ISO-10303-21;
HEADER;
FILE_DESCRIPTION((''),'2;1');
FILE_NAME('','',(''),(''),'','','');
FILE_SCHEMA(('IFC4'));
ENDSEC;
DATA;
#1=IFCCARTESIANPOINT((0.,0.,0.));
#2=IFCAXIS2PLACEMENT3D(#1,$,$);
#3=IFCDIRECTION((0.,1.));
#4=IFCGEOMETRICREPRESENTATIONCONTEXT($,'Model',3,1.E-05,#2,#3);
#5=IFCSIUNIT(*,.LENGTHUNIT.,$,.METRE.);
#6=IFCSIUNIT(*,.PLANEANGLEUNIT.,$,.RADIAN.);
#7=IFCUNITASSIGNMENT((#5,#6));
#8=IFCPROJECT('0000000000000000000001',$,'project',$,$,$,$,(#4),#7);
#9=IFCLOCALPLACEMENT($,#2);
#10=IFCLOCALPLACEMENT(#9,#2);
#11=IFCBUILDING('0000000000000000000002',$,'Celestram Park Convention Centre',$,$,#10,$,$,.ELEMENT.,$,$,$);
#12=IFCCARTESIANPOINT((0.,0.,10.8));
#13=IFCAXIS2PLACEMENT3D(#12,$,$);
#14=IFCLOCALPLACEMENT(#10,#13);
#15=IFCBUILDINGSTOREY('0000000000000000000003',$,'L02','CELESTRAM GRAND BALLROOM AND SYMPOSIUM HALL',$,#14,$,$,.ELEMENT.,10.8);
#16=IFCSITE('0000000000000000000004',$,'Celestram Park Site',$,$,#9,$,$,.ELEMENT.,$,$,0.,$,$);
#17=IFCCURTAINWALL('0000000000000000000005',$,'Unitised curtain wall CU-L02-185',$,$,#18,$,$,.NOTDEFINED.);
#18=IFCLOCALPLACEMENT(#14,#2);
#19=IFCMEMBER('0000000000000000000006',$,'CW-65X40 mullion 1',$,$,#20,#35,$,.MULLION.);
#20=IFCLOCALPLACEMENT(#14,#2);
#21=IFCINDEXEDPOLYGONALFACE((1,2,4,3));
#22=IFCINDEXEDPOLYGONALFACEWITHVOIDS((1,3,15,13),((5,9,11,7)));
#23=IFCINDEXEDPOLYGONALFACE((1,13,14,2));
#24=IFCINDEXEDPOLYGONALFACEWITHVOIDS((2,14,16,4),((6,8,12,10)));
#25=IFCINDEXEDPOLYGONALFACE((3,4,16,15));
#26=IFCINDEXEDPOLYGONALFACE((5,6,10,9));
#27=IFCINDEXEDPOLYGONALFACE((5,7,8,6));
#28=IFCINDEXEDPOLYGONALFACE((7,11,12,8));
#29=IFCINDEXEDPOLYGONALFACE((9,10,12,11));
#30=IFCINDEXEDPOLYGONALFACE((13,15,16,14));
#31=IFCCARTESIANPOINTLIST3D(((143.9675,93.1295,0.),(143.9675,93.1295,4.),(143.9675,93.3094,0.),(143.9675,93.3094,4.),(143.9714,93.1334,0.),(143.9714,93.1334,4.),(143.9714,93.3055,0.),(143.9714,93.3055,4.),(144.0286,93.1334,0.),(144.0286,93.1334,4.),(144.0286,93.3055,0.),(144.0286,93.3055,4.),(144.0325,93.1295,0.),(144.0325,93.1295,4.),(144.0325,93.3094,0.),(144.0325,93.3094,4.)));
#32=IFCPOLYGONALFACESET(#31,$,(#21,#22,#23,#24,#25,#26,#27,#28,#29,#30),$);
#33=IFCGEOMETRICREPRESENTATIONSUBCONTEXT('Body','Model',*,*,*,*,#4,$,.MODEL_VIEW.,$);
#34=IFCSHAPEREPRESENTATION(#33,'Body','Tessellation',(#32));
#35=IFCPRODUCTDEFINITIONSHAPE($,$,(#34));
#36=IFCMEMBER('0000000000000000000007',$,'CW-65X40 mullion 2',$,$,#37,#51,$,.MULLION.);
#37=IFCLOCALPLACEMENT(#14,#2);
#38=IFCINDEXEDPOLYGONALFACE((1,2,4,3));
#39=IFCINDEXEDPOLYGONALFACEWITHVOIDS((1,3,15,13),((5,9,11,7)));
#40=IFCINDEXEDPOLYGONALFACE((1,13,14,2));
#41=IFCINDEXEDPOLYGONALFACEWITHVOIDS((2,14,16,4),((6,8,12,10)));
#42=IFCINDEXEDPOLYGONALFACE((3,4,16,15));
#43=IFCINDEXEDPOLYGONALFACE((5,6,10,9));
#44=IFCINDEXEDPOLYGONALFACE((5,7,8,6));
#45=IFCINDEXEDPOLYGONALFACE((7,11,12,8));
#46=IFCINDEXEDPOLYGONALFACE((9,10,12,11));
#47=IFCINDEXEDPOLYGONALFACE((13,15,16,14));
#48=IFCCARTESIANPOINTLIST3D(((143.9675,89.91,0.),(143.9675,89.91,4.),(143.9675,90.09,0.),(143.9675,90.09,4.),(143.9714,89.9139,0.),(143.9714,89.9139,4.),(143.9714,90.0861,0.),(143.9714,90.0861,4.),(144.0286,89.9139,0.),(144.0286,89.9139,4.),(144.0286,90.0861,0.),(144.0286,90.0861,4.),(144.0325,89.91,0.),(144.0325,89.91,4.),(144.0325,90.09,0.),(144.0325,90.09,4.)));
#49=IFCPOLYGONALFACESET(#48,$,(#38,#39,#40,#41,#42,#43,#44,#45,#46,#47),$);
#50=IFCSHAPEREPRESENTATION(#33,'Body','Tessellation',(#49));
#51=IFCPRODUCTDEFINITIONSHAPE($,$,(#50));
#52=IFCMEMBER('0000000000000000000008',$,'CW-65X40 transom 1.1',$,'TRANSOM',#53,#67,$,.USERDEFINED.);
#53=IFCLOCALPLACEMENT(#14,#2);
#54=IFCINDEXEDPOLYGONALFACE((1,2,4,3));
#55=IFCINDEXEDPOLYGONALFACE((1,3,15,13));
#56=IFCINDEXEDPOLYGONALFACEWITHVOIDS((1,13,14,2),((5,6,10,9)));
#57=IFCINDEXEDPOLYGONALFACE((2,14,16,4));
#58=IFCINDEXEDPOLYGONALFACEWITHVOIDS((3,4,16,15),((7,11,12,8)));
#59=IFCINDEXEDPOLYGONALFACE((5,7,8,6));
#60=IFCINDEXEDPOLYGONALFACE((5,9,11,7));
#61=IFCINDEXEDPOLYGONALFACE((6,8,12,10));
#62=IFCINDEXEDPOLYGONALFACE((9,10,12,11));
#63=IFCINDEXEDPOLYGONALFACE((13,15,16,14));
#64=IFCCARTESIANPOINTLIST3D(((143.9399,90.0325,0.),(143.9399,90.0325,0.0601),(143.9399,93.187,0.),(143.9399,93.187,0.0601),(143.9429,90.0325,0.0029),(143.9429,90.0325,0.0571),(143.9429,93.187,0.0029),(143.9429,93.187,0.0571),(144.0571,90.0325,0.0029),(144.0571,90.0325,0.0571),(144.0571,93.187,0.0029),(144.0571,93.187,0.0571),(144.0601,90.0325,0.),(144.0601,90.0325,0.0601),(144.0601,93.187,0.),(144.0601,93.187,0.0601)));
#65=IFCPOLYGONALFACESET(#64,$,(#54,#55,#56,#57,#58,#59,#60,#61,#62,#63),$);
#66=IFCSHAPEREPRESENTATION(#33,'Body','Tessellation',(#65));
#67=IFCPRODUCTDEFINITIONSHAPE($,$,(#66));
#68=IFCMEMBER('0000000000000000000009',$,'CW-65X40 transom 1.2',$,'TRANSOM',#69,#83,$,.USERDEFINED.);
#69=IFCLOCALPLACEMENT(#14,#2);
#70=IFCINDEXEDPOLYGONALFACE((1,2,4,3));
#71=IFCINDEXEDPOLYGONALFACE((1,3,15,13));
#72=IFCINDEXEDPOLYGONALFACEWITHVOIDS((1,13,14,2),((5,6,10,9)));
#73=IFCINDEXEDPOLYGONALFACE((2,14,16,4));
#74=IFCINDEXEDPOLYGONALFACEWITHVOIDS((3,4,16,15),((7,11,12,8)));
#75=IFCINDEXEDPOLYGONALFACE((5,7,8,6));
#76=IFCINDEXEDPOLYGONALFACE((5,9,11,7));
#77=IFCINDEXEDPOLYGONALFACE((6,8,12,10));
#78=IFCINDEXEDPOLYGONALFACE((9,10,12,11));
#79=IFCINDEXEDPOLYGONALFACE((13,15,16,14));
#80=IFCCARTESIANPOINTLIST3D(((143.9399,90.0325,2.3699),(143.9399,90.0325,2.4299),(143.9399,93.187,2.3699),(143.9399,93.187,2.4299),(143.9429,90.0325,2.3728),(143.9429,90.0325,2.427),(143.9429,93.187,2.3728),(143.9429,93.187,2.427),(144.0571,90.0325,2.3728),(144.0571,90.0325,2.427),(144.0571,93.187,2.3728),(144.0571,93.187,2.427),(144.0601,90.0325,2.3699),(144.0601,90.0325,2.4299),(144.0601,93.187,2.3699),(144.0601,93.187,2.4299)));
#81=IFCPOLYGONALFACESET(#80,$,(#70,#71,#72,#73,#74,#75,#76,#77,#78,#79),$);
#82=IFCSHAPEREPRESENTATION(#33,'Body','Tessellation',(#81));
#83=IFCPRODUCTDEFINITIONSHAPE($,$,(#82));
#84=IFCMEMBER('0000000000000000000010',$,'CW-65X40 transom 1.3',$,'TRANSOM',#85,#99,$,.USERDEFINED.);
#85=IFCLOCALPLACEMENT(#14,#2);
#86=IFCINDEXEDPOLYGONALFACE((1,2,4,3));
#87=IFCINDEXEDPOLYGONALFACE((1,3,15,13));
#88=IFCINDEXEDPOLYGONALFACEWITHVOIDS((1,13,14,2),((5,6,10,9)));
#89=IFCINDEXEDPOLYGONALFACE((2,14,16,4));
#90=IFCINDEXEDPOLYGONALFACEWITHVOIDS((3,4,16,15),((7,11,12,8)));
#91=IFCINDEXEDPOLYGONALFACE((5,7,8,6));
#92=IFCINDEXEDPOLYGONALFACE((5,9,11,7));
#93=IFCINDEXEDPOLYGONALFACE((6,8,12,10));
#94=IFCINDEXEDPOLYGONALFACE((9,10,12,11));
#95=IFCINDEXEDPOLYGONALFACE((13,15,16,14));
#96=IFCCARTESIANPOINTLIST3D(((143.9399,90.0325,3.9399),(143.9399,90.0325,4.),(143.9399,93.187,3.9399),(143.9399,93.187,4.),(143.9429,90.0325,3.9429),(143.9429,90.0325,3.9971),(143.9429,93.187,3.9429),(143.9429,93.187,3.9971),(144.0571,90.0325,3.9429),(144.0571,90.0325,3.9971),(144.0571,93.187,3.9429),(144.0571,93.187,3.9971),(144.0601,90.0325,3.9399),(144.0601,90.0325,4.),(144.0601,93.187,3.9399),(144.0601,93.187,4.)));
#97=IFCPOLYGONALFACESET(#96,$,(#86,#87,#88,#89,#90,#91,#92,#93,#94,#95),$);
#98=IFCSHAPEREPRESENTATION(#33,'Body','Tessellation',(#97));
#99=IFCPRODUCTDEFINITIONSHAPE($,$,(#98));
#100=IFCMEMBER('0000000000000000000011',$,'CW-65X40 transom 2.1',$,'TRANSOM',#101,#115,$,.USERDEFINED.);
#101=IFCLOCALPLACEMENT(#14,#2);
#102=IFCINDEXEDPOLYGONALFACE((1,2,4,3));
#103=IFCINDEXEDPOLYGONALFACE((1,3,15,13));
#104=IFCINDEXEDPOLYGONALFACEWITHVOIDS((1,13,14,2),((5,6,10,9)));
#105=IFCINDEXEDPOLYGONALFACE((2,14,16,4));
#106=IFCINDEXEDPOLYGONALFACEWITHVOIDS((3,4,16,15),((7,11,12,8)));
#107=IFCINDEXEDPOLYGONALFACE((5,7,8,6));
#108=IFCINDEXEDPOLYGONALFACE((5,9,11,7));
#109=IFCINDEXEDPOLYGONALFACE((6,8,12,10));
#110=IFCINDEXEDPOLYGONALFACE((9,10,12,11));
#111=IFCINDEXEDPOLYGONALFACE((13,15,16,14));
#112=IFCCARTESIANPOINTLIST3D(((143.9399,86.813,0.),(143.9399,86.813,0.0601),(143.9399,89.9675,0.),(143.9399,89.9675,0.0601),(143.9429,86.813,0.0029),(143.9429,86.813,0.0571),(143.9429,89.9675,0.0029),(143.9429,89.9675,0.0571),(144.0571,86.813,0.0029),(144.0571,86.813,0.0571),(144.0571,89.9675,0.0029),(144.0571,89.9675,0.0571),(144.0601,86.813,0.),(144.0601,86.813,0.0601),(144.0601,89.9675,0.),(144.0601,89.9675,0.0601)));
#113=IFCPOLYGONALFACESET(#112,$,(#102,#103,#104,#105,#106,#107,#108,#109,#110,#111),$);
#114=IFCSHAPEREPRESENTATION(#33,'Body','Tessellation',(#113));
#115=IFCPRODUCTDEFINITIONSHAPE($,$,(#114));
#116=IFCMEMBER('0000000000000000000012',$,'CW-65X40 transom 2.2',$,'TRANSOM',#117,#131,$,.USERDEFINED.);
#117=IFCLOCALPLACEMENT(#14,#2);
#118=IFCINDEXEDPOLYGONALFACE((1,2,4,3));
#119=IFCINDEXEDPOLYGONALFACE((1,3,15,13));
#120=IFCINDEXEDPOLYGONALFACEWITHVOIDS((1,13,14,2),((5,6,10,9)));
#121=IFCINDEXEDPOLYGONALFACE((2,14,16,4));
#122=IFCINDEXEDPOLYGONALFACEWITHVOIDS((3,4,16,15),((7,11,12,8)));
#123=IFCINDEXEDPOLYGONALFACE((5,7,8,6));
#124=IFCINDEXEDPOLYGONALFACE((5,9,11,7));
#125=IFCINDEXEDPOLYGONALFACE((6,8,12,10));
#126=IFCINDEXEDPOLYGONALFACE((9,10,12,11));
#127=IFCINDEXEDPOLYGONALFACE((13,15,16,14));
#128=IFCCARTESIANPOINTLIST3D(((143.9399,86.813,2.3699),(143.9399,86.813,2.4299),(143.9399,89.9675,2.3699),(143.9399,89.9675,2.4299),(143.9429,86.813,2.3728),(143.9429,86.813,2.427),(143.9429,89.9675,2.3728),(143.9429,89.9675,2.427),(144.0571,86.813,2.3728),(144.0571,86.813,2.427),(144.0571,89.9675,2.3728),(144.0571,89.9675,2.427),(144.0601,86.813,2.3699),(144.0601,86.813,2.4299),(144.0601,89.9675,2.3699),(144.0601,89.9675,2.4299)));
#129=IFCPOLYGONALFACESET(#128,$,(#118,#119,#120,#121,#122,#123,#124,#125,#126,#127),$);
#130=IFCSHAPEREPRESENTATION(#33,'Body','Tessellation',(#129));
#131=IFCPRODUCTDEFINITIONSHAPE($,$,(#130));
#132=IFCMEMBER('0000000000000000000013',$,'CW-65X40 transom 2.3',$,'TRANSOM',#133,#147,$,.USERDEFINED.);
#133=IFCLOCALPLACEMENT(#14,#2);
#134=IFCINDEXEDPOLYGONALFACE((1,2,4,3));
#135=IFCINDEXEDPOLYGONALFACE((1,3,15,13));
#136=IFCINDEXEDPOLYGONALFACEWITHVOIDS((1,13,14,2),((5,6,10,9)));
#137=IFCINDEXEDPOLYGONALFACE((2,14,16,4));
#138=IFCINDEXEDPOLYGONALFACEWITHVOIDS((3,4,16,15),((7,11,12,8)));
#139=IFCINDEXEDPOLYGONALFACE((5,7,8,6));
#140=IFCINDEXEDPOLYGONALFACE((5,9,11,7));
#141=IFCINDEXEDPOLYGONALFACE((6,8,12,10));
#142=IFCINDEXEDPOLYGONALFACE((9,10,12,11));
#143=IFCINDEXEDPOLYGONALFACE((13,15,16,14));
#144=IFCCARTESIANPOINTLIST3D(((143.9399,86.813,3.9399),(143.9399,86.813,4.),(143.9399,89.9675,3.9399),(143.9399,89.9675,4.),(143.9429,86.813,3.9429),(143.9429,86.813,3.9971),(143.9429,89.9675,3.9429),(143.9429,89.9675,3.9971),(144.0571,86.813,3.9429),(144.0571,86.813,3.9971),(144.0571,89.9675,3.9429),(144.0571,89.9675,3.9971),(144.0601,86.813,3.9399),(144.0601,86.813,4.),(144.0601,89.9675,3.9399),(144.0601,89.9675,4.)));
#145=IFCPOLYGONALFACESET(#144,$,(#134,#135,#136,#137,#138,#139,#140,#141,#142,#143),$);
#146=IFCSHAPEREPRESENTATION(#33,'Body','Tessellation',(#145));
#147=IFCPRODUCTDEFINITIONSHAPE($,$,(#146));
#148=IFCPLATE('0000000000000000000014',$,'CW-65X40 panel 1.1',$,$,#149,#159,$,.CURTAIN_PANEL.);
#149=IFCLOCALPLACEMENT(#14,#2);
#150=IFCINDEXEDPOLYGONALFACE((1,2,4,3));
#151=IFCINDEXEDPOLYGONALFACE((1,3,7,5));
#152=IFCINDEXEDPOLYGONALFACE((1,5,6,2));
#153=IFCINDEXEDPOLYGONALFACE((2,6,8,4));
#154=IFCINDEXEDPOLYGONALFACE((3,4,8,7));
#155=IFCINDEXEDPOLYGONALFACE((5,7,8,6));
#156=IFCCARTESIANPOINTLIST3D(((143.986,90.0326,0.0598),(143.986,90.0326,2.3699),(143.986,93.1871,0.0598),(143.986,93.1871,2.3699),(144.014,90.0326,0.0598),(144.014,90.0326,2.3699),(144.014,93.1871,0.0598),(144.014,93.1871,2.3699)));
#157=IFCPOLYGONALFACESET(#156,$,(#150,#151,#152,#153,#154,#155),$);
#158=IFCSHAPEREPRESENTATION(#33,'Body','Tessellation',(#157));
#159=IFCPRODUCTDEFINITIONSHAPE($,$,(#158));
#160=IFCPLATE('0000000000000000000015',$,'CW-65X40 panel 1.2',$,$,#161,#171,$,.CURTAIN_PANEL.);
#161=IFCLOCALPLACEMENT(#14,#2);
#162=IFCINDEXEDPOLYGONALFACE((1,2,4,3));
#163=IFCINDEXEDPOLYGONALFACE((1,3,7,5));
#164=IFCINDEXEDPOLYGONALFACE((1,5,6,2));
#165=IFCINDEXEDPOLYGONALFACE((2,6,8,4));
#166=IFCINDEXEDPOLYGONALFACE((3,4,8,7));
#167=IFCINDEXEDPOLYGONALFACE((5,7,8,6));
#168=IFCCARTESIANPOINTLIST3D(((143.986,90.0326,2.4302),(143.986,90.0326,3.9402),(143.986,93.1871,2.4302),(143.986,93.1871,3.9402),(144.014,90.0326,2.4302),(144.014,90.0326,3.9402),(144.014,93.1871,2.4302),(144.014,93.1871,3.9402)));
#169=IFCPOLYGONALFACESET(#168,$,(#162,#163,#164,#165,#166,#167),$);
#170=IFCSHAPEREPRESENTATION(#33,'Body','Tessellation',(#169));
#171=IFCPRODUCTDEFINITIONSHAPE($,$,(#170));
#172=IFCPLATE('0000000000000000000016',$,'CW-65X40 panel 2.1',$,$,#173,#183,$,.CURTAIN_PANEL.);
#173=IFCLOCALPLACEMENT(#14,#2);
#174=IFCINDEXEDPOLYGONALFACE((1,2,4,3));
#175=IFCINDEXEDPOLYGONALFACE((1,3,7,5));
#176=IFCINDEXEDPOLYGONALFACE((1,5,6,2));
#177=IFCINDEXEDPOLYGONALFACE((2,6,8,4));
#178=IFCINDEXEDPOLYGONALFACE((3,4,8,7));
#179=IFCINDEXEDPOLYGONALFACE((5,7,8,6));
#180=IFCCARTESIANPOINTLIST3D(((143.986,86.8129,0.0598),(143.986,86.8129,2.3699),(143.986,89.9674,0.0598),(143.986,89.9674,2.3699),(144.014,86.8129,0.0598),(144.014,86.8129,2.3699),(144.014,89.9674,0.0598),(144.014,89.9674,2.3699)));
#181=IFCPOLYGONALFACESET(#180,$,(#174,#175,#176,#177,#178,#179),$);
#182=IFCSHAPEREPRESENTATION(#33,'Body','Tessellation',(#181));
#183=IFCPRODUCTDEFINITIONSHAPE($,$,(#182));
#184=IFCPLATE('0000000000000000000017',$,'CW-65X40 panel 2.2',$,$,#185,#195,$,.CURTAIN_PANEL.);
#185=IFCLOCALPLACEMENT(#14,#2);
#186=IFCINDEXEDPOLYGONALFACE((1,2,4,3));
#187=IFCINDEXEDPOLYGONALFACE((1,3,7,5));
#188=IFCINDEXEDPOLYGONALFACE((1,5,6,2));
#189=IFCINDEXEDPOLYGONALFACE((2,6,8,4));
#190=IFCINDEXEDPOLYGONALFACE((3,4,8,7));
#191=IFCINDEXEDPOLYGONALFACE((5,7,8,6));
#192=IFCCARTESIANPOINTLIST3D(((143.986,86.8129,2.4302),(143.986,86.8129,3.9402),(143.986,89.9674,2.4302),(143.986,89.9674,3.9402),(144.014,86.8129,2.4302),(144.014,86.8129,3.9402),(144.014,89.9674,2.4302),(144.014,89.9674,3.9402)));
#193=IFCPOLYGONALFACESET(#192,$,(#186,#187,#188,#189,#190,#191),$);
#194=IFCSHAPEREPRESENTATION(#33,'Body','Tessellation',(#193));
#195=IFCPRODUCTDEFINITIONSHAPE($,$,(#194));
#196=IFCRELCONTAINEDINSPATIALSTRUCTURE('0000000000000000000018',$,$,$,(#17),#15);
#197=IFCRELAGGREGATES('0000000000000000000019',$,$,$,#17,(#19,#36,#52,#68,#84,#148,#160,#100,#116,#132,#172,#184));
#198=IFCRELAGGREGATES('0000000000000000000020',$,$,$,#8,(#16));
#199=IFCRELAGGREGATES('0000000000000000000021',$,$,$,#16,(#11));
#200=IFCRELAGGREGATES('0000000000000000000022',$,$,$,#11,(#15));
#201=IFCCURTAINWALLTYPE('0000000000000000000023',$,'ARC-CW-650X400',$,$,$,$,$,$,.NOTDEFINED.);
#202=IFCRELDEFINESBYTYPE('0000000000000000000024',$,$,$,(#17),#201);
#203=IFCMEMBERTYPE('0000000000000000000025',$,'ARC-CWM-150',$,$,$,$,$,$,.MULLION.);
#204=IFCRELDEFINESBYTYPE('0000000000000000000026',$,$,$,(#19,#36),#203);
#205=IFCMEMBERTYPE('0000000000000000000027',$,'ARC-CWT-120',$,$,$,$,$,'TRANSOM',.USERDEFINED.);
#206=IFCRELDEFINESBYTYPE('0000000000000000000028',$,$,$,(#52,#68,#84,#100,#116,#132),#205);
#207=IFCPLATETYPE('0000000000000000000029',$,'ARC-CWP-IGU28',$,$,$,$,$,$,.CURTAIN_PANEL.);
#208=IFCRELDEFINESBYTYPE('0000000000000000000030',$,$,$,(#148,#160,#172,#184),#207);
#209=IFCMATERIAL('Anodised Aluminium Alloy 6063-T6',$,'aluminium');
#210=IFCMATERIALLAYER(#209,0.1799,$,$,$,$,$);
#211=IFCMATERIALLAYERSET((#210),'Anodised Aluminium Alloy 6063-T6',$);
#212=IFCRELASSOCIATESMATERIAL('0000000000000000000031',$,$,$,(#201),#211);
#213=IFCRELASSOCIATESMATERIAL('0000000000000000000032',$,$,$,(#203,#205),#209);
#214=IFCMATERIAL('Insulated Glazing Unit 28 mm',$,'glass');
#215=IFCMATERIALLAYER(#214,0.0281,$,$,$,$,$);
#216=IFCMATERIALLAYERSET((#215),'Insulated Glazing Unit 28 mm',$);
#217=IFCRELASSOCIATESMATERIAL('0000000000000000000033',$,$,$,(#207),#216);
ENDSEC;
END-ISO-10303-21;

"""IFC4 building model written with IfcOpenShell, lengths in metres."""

from ifc_helpers import new_model, si_unit, direction, frame, origin, origin_2d, place, context, subcontext, project, spatial, rectangle, hollow_rectangle, extrude, material, layer, layer_set, material_profile, profile_set, type_object, element, aggregate, save


model = new_model("IFC4")

# Units and contexts
model_context = context("Model", 3, precision=1e-05, world=origin(), true_north=direction((0.0, 1.0)))
body_context = subcontext(model_context, "Body", "Model", "MODEL_VIEW")
ifc_project = project(units=[si_unit("LENGTHUNIT", "METRE"), si_unit("PLANEANGLEUNIT", "RADIAN")], contexts=[model_context])

# Site, building, storey
site_placement = place(None, origin())
site = spatial("IfcSite", under=ifc_project, at=site_placement, Name="Celestram Park Site", CompositionType="ELEMENT", RefElevation=0.0)
building_placement = place(site_placement, origin())
building = spatial("IfcBuilding", under=site, at=building_placement, Name="Celestram Park Convention Centre", CompositionType="ELEMENT")
storey_placement = place(building_placement, frame((0.0, 0.0, 10.8)))
storey = spatial("IfcBuildingStorey", under=building, at=storey_placement, Name="L02", Description="CELESTRAM GRAND BALLROOM AND SYMPOSIUM HALL", CompositionType="ELEMENT", Elevation=10.8)

# Curtain wall, members, plates
ifc_material_1 = material(Name="Anodised Aluminium Alloy 6063-T6", Category="aluminium")
ifc_layer_1 = layer(ifc_material_1, 0.1799)
ifc_layer_set_1 = layer_set([ifc_layer_1], Name="Anodised Aluminium Alloy 6063-T6")
curtain_wall_type = type_object("IfcCurtainWallType", Name="ARC-CW-650X400", PredefinedType="NOTDEFINED", material=ifc_layer_set_1)
curtain_wall_placement = place(storey_placement, origin())
curtain_wall = element("IfcCurtainWall", 1, at=curtain_wall_placement, inside=storey, type_object=curtain_wall_type, Name="Unitised curtain wall CU-L02-185", PredefinedType="NOTDEFINED")
ifc_material_profile_1 = material_profile(ifc_material_1, hollow_rectangle(XDim=0.0649, YDim=0.1799, WallThickness=0.0039, at=origin_2d()), Name="ALU65X180X4")
ifc_profile_set_1 = profile_set([ifc_material_profile_1], Name="Anodised Aluminium Alloy 6063-T6")
member_type_1 = type_object("IfcMemberType", Name="ARC-CWM-150", PredefinedType="MULLION", material=ifc_profile_set_1)
member_1_placement = place(storey_placement, frame((144.0, 93.2195, 0.0), z_axis=(0.0, 0.0, 1.0), x_axis=(1.0, 0.0, 0.0)))
member_1 = element("IfcMember", 2, at=member_1_placement, type_object=member_type_1, Name="CW-65X40 mullion 1", PredefinedType="MULLION", context=body_context, shape_type="SweptSolid", body=[
    extrude(hollow_rectangle(XDim=0.0649, YDim=0.1799, WallThickness=0.0039, at=origin_2d()), origin(), (0.0, 0.0, 1.0), 4.0),
])
member_2_placement = place(storey_placement, frame((144.0, 90.0, 0.0), z_axis=(0.0, 0.0, 1.0), x_axis=(1.0, 0.0, 0.0)))
member_2 = element("IfcMember", 3, at=member_2_placement, type_object=member_type_1, Name="CW-65X40 mullion 2", PredefinedType="MULLION", context=body_context, shape_type="SweptSolid", body=[
    extrude(hollow_rectangle(XDim=0.0649, YDim=0.1799, WallThickness=0.0039, at=origin_2d()), origin(), (0.0, 0.0, 1.0), 4.0),
])
ifc_material_profile_2 = material_profile(ifc_material_1, hollow_rectangle(XDim=0.1201, YDim=0.0601, WallThickness=0.0029, at=origin_2d()), Name="ALU120X60X3")
ifc_profile_set_2 = profile_set([ifc_material_profile_2], Name="Anodised Aluminium Alloy 6063-T6")
member_type_2 = type_object("IfcMemberType", Name="ARC-CWT-120", ElementType="TRANSOM", PredefinedType="USERDEFINED", material=ifc_profile_set_2)
member_3_placement = place(storey_placement, frame((144.0, 93.187, 0.03), z_axis=(0.0, -1.0, 0.0), x_axis=(1.0, 0.0, 0.0)))
member_3 = element("IfcMember", 4, at=member_3_placement, type_object=member_type_2, Name="CW-65X40 transom 1.1", ObjectType="TRANSOM", PredefinedType="USERDEFINED", context=body_context, shape_type="SweptSolid", body=[
    extrude(hollow_rectangle(XDim=0.1201, YDim=0.0601, WallThickness=0.0029, at=origin_2d()), origin(), (0.0, 0.0, 1.0), 3.1545),
])
member_4_placement = place(storey_placement, frame((144.0, 93.187, 2.3999), z_axis=(0.0, -1.0, 0.0), x_axis=(1.0, 0.0, 0.0)))
member_4 = element("IfcMember", 5, at=member_4_placement, type_object=member_type_2, Name="CW-65X40 transom 1.2", ObjectType="TRANSOM", PredefinedType="USERDEFINED", context=body_context, shape_type="SweptSolid", body=[
    extrude(hollow_rectangle(XDim=0.1201, YDim=0.0601, WallThickness=0.0029, at=origin_2d()), origin(), (0.0, 0.0, 1.0), 3.1545),
])
member_5_placement = place(storey_placement, frame((144.0, 93.187, 3.97), z_axis=(0.0, -1.0, 0.0), x_axis=(1.0, 0.0, 0.0)))
member_5 = element("IfcMember", 6, at=member_5_placement, type_object=member_type_2, Name="CW-65X40 transom 1.3", ObjectType="TRANSOM", PredefinedType="USERDEFINED", context=body_context, shape_type="SweptSolid", body=[
    extrude(hollow_rectangle(XDim=0.1201, YDim=0.0601, WallThickness=0.0029, at=origin_2d()), origin(), (0.0, 0.0, 1.0), 3.1545),
])
member_6_placement = place(storey_placement, frame((144.0, 89.9675, 0.03), z_axis=(0.0, -1.0, 0.0), x_axis=(1.0, 0.0, 0.0)))
member_6 = element("IfcMember", 7, at=member_6_placement, type_object=member_type_2, Name="CW-65X40 transom 2.1", ObjectType="TRANSOM", PredefinedType="USERDEFINED", context=body_context, shape_type="SweptSolid", body=[
    extrude(hollow_rectangle(XDim=0.1201, YDim=0.0601, WallThickness=0.0029, at=origin_2d()), origin(), (0.0, 0.0, 1.0), 3.1545),
])
member_7_placement = place(storey_placement, frame((144.0, 89.9675, 2.3999), z_axis=(0.0, -1.0, 0.0), x_axis=(1.0, 0.0, 0.0)))
member_7 = element("IfcMember", 8, at=member_7_placement, type_object=member_type_2, Name="CW-65X40 transom 2.2", ObjectType="TRANSOM", PredefinedType="USERDEFINED", context=body_context, shape_type="SweptSolid", body=[
    extrude(hollow_rectangle(XDim=0.1201, YDim=0.0601, WallThickness=0.0029, at=origin_2d()), origin(), (0.0, 0.0, 1.0), 3.1545),
])
member_8_placement = place(storey_placement, frame((144.0, 89.9675, 3.97), z_axis=(0.0, -1.0, 0.0), x_axis=(1.0, 0.0, 0.0)))
member_8 = element("IfcMember", 9, at=member_8_placement, type_object=member_type_2, Name="CW-65X40 transom 2.3", ObjectType="TRANSOM", PredefinedType="USERDEFINED", context=body_context, shape_type="SweptSolid", body=[
    extrude(hollow_rectangle(XDim=0.1201, YDim=0.0601, WallThickness=0.0029, at=origin_2d()), origin(), (0.0, 0.0, 1.0), 3.1545),
])
ifc_material_2 = material(Name="Insulated Glazing Unit 28 mm", Category="glass")
ifc_layer_2 = layer(ifc_material_2, 0.0281)
ifc_layer_set_2 = layer_set([ifc_layer_2], Name="Insulated Glazing Unit 28 mm")
plate_type = type_object("IfcPlateType", Name="ARC-CWP-IGU28", PredefinedType="CURTAIN_PANEL", material=ifc_layer_set_2)
plate_1_placement = place(storey_placement, frame((144.0, 91.6099, 0.0598), z_axis=(0.0, 0.0, 1.0), x_axis=(0.0, -1.0, 0.0)))
plate_1 = element("IfcPlate", 10, at=plate_1_placement, type_object=plate_type, Name="CW-65X40 panel 1.1", PredefinedType="CURTAIN_PANEL", context=body_context, shape_type="SweptSolid", body=[
    extrude(rectangle(XDim=3.1545, YDim=0.0281, at=origin_2d()), origin(), (0.0, 0.0, 1.0), 2.3101),
])
plate_2_placement = place(storey_placement, frame((144.0, 91.6099, 2.4302), z_axis=(0.0, 0.0, 1.0), x_axis=(0.0, -1.0, 0.0)))
plate_2 = element("IfcPlate", 11, at=plate_2_placement, type_object=plate_type, Name="CW-65X40 panel 1.2", PredefinedType="CURTAIN_PANEL", context=body_context, shape_type="SweptSolid", body=[
    extrude(rectangle(XDim=3.1545, YDim=0.0281, at=origin_2d()), origin(), (0.0, 0.0, 1.0), 1.51),
])
plate_3_placement = place(storey_placement, frame((144.0, 88.3901, 0.0598), z_axis=(0.0, 0.0, 1.0), x_axis=(0.0, -1.0, 0.0)))
plate_3 = element("IfcPlate", 12, at=plate_3_placement, type_object=plate_type, Name="CW-65X40 panel 2.1", PredefinedType="CURTAIN_PANEL", context=body_context, shape_type="SweptSolid", body=[
    extrude(rectangle(XDim=3.1545, YDim=0.0281, at=origin_2d()), origin(), (0.0, 0.0, 1.0), 2.3101),
])
plate_4_placement = place(storey_placement, frame((144.0, 88.3901, 2.4302), z_axis=(0.0, 0.0, 1.0), x_axis=(0.0, -1.0, 0.0)))
plate_4 = element("IfcPlate", 13, at=plate_4_placement, type_object=plate_type, Name="CW-65X40 panel 2.2", PredefinedType="CURTAIN_PANEL", context=body_context, shape_type="SweptSolid", body=[
    extrude(rectangle(XDim=3.1545, YDim=0.0281, at=origin_2d()), origin(), (0.0, 0.0, 1.0), 1.51),
])
aggregate(curtain_wall, [member_1, member_2, member_3, member_4, member_5, plate_1, plate_2, member_6, member_7, member_8, plate_3, plate_4])

save(model, "model.ifc")
